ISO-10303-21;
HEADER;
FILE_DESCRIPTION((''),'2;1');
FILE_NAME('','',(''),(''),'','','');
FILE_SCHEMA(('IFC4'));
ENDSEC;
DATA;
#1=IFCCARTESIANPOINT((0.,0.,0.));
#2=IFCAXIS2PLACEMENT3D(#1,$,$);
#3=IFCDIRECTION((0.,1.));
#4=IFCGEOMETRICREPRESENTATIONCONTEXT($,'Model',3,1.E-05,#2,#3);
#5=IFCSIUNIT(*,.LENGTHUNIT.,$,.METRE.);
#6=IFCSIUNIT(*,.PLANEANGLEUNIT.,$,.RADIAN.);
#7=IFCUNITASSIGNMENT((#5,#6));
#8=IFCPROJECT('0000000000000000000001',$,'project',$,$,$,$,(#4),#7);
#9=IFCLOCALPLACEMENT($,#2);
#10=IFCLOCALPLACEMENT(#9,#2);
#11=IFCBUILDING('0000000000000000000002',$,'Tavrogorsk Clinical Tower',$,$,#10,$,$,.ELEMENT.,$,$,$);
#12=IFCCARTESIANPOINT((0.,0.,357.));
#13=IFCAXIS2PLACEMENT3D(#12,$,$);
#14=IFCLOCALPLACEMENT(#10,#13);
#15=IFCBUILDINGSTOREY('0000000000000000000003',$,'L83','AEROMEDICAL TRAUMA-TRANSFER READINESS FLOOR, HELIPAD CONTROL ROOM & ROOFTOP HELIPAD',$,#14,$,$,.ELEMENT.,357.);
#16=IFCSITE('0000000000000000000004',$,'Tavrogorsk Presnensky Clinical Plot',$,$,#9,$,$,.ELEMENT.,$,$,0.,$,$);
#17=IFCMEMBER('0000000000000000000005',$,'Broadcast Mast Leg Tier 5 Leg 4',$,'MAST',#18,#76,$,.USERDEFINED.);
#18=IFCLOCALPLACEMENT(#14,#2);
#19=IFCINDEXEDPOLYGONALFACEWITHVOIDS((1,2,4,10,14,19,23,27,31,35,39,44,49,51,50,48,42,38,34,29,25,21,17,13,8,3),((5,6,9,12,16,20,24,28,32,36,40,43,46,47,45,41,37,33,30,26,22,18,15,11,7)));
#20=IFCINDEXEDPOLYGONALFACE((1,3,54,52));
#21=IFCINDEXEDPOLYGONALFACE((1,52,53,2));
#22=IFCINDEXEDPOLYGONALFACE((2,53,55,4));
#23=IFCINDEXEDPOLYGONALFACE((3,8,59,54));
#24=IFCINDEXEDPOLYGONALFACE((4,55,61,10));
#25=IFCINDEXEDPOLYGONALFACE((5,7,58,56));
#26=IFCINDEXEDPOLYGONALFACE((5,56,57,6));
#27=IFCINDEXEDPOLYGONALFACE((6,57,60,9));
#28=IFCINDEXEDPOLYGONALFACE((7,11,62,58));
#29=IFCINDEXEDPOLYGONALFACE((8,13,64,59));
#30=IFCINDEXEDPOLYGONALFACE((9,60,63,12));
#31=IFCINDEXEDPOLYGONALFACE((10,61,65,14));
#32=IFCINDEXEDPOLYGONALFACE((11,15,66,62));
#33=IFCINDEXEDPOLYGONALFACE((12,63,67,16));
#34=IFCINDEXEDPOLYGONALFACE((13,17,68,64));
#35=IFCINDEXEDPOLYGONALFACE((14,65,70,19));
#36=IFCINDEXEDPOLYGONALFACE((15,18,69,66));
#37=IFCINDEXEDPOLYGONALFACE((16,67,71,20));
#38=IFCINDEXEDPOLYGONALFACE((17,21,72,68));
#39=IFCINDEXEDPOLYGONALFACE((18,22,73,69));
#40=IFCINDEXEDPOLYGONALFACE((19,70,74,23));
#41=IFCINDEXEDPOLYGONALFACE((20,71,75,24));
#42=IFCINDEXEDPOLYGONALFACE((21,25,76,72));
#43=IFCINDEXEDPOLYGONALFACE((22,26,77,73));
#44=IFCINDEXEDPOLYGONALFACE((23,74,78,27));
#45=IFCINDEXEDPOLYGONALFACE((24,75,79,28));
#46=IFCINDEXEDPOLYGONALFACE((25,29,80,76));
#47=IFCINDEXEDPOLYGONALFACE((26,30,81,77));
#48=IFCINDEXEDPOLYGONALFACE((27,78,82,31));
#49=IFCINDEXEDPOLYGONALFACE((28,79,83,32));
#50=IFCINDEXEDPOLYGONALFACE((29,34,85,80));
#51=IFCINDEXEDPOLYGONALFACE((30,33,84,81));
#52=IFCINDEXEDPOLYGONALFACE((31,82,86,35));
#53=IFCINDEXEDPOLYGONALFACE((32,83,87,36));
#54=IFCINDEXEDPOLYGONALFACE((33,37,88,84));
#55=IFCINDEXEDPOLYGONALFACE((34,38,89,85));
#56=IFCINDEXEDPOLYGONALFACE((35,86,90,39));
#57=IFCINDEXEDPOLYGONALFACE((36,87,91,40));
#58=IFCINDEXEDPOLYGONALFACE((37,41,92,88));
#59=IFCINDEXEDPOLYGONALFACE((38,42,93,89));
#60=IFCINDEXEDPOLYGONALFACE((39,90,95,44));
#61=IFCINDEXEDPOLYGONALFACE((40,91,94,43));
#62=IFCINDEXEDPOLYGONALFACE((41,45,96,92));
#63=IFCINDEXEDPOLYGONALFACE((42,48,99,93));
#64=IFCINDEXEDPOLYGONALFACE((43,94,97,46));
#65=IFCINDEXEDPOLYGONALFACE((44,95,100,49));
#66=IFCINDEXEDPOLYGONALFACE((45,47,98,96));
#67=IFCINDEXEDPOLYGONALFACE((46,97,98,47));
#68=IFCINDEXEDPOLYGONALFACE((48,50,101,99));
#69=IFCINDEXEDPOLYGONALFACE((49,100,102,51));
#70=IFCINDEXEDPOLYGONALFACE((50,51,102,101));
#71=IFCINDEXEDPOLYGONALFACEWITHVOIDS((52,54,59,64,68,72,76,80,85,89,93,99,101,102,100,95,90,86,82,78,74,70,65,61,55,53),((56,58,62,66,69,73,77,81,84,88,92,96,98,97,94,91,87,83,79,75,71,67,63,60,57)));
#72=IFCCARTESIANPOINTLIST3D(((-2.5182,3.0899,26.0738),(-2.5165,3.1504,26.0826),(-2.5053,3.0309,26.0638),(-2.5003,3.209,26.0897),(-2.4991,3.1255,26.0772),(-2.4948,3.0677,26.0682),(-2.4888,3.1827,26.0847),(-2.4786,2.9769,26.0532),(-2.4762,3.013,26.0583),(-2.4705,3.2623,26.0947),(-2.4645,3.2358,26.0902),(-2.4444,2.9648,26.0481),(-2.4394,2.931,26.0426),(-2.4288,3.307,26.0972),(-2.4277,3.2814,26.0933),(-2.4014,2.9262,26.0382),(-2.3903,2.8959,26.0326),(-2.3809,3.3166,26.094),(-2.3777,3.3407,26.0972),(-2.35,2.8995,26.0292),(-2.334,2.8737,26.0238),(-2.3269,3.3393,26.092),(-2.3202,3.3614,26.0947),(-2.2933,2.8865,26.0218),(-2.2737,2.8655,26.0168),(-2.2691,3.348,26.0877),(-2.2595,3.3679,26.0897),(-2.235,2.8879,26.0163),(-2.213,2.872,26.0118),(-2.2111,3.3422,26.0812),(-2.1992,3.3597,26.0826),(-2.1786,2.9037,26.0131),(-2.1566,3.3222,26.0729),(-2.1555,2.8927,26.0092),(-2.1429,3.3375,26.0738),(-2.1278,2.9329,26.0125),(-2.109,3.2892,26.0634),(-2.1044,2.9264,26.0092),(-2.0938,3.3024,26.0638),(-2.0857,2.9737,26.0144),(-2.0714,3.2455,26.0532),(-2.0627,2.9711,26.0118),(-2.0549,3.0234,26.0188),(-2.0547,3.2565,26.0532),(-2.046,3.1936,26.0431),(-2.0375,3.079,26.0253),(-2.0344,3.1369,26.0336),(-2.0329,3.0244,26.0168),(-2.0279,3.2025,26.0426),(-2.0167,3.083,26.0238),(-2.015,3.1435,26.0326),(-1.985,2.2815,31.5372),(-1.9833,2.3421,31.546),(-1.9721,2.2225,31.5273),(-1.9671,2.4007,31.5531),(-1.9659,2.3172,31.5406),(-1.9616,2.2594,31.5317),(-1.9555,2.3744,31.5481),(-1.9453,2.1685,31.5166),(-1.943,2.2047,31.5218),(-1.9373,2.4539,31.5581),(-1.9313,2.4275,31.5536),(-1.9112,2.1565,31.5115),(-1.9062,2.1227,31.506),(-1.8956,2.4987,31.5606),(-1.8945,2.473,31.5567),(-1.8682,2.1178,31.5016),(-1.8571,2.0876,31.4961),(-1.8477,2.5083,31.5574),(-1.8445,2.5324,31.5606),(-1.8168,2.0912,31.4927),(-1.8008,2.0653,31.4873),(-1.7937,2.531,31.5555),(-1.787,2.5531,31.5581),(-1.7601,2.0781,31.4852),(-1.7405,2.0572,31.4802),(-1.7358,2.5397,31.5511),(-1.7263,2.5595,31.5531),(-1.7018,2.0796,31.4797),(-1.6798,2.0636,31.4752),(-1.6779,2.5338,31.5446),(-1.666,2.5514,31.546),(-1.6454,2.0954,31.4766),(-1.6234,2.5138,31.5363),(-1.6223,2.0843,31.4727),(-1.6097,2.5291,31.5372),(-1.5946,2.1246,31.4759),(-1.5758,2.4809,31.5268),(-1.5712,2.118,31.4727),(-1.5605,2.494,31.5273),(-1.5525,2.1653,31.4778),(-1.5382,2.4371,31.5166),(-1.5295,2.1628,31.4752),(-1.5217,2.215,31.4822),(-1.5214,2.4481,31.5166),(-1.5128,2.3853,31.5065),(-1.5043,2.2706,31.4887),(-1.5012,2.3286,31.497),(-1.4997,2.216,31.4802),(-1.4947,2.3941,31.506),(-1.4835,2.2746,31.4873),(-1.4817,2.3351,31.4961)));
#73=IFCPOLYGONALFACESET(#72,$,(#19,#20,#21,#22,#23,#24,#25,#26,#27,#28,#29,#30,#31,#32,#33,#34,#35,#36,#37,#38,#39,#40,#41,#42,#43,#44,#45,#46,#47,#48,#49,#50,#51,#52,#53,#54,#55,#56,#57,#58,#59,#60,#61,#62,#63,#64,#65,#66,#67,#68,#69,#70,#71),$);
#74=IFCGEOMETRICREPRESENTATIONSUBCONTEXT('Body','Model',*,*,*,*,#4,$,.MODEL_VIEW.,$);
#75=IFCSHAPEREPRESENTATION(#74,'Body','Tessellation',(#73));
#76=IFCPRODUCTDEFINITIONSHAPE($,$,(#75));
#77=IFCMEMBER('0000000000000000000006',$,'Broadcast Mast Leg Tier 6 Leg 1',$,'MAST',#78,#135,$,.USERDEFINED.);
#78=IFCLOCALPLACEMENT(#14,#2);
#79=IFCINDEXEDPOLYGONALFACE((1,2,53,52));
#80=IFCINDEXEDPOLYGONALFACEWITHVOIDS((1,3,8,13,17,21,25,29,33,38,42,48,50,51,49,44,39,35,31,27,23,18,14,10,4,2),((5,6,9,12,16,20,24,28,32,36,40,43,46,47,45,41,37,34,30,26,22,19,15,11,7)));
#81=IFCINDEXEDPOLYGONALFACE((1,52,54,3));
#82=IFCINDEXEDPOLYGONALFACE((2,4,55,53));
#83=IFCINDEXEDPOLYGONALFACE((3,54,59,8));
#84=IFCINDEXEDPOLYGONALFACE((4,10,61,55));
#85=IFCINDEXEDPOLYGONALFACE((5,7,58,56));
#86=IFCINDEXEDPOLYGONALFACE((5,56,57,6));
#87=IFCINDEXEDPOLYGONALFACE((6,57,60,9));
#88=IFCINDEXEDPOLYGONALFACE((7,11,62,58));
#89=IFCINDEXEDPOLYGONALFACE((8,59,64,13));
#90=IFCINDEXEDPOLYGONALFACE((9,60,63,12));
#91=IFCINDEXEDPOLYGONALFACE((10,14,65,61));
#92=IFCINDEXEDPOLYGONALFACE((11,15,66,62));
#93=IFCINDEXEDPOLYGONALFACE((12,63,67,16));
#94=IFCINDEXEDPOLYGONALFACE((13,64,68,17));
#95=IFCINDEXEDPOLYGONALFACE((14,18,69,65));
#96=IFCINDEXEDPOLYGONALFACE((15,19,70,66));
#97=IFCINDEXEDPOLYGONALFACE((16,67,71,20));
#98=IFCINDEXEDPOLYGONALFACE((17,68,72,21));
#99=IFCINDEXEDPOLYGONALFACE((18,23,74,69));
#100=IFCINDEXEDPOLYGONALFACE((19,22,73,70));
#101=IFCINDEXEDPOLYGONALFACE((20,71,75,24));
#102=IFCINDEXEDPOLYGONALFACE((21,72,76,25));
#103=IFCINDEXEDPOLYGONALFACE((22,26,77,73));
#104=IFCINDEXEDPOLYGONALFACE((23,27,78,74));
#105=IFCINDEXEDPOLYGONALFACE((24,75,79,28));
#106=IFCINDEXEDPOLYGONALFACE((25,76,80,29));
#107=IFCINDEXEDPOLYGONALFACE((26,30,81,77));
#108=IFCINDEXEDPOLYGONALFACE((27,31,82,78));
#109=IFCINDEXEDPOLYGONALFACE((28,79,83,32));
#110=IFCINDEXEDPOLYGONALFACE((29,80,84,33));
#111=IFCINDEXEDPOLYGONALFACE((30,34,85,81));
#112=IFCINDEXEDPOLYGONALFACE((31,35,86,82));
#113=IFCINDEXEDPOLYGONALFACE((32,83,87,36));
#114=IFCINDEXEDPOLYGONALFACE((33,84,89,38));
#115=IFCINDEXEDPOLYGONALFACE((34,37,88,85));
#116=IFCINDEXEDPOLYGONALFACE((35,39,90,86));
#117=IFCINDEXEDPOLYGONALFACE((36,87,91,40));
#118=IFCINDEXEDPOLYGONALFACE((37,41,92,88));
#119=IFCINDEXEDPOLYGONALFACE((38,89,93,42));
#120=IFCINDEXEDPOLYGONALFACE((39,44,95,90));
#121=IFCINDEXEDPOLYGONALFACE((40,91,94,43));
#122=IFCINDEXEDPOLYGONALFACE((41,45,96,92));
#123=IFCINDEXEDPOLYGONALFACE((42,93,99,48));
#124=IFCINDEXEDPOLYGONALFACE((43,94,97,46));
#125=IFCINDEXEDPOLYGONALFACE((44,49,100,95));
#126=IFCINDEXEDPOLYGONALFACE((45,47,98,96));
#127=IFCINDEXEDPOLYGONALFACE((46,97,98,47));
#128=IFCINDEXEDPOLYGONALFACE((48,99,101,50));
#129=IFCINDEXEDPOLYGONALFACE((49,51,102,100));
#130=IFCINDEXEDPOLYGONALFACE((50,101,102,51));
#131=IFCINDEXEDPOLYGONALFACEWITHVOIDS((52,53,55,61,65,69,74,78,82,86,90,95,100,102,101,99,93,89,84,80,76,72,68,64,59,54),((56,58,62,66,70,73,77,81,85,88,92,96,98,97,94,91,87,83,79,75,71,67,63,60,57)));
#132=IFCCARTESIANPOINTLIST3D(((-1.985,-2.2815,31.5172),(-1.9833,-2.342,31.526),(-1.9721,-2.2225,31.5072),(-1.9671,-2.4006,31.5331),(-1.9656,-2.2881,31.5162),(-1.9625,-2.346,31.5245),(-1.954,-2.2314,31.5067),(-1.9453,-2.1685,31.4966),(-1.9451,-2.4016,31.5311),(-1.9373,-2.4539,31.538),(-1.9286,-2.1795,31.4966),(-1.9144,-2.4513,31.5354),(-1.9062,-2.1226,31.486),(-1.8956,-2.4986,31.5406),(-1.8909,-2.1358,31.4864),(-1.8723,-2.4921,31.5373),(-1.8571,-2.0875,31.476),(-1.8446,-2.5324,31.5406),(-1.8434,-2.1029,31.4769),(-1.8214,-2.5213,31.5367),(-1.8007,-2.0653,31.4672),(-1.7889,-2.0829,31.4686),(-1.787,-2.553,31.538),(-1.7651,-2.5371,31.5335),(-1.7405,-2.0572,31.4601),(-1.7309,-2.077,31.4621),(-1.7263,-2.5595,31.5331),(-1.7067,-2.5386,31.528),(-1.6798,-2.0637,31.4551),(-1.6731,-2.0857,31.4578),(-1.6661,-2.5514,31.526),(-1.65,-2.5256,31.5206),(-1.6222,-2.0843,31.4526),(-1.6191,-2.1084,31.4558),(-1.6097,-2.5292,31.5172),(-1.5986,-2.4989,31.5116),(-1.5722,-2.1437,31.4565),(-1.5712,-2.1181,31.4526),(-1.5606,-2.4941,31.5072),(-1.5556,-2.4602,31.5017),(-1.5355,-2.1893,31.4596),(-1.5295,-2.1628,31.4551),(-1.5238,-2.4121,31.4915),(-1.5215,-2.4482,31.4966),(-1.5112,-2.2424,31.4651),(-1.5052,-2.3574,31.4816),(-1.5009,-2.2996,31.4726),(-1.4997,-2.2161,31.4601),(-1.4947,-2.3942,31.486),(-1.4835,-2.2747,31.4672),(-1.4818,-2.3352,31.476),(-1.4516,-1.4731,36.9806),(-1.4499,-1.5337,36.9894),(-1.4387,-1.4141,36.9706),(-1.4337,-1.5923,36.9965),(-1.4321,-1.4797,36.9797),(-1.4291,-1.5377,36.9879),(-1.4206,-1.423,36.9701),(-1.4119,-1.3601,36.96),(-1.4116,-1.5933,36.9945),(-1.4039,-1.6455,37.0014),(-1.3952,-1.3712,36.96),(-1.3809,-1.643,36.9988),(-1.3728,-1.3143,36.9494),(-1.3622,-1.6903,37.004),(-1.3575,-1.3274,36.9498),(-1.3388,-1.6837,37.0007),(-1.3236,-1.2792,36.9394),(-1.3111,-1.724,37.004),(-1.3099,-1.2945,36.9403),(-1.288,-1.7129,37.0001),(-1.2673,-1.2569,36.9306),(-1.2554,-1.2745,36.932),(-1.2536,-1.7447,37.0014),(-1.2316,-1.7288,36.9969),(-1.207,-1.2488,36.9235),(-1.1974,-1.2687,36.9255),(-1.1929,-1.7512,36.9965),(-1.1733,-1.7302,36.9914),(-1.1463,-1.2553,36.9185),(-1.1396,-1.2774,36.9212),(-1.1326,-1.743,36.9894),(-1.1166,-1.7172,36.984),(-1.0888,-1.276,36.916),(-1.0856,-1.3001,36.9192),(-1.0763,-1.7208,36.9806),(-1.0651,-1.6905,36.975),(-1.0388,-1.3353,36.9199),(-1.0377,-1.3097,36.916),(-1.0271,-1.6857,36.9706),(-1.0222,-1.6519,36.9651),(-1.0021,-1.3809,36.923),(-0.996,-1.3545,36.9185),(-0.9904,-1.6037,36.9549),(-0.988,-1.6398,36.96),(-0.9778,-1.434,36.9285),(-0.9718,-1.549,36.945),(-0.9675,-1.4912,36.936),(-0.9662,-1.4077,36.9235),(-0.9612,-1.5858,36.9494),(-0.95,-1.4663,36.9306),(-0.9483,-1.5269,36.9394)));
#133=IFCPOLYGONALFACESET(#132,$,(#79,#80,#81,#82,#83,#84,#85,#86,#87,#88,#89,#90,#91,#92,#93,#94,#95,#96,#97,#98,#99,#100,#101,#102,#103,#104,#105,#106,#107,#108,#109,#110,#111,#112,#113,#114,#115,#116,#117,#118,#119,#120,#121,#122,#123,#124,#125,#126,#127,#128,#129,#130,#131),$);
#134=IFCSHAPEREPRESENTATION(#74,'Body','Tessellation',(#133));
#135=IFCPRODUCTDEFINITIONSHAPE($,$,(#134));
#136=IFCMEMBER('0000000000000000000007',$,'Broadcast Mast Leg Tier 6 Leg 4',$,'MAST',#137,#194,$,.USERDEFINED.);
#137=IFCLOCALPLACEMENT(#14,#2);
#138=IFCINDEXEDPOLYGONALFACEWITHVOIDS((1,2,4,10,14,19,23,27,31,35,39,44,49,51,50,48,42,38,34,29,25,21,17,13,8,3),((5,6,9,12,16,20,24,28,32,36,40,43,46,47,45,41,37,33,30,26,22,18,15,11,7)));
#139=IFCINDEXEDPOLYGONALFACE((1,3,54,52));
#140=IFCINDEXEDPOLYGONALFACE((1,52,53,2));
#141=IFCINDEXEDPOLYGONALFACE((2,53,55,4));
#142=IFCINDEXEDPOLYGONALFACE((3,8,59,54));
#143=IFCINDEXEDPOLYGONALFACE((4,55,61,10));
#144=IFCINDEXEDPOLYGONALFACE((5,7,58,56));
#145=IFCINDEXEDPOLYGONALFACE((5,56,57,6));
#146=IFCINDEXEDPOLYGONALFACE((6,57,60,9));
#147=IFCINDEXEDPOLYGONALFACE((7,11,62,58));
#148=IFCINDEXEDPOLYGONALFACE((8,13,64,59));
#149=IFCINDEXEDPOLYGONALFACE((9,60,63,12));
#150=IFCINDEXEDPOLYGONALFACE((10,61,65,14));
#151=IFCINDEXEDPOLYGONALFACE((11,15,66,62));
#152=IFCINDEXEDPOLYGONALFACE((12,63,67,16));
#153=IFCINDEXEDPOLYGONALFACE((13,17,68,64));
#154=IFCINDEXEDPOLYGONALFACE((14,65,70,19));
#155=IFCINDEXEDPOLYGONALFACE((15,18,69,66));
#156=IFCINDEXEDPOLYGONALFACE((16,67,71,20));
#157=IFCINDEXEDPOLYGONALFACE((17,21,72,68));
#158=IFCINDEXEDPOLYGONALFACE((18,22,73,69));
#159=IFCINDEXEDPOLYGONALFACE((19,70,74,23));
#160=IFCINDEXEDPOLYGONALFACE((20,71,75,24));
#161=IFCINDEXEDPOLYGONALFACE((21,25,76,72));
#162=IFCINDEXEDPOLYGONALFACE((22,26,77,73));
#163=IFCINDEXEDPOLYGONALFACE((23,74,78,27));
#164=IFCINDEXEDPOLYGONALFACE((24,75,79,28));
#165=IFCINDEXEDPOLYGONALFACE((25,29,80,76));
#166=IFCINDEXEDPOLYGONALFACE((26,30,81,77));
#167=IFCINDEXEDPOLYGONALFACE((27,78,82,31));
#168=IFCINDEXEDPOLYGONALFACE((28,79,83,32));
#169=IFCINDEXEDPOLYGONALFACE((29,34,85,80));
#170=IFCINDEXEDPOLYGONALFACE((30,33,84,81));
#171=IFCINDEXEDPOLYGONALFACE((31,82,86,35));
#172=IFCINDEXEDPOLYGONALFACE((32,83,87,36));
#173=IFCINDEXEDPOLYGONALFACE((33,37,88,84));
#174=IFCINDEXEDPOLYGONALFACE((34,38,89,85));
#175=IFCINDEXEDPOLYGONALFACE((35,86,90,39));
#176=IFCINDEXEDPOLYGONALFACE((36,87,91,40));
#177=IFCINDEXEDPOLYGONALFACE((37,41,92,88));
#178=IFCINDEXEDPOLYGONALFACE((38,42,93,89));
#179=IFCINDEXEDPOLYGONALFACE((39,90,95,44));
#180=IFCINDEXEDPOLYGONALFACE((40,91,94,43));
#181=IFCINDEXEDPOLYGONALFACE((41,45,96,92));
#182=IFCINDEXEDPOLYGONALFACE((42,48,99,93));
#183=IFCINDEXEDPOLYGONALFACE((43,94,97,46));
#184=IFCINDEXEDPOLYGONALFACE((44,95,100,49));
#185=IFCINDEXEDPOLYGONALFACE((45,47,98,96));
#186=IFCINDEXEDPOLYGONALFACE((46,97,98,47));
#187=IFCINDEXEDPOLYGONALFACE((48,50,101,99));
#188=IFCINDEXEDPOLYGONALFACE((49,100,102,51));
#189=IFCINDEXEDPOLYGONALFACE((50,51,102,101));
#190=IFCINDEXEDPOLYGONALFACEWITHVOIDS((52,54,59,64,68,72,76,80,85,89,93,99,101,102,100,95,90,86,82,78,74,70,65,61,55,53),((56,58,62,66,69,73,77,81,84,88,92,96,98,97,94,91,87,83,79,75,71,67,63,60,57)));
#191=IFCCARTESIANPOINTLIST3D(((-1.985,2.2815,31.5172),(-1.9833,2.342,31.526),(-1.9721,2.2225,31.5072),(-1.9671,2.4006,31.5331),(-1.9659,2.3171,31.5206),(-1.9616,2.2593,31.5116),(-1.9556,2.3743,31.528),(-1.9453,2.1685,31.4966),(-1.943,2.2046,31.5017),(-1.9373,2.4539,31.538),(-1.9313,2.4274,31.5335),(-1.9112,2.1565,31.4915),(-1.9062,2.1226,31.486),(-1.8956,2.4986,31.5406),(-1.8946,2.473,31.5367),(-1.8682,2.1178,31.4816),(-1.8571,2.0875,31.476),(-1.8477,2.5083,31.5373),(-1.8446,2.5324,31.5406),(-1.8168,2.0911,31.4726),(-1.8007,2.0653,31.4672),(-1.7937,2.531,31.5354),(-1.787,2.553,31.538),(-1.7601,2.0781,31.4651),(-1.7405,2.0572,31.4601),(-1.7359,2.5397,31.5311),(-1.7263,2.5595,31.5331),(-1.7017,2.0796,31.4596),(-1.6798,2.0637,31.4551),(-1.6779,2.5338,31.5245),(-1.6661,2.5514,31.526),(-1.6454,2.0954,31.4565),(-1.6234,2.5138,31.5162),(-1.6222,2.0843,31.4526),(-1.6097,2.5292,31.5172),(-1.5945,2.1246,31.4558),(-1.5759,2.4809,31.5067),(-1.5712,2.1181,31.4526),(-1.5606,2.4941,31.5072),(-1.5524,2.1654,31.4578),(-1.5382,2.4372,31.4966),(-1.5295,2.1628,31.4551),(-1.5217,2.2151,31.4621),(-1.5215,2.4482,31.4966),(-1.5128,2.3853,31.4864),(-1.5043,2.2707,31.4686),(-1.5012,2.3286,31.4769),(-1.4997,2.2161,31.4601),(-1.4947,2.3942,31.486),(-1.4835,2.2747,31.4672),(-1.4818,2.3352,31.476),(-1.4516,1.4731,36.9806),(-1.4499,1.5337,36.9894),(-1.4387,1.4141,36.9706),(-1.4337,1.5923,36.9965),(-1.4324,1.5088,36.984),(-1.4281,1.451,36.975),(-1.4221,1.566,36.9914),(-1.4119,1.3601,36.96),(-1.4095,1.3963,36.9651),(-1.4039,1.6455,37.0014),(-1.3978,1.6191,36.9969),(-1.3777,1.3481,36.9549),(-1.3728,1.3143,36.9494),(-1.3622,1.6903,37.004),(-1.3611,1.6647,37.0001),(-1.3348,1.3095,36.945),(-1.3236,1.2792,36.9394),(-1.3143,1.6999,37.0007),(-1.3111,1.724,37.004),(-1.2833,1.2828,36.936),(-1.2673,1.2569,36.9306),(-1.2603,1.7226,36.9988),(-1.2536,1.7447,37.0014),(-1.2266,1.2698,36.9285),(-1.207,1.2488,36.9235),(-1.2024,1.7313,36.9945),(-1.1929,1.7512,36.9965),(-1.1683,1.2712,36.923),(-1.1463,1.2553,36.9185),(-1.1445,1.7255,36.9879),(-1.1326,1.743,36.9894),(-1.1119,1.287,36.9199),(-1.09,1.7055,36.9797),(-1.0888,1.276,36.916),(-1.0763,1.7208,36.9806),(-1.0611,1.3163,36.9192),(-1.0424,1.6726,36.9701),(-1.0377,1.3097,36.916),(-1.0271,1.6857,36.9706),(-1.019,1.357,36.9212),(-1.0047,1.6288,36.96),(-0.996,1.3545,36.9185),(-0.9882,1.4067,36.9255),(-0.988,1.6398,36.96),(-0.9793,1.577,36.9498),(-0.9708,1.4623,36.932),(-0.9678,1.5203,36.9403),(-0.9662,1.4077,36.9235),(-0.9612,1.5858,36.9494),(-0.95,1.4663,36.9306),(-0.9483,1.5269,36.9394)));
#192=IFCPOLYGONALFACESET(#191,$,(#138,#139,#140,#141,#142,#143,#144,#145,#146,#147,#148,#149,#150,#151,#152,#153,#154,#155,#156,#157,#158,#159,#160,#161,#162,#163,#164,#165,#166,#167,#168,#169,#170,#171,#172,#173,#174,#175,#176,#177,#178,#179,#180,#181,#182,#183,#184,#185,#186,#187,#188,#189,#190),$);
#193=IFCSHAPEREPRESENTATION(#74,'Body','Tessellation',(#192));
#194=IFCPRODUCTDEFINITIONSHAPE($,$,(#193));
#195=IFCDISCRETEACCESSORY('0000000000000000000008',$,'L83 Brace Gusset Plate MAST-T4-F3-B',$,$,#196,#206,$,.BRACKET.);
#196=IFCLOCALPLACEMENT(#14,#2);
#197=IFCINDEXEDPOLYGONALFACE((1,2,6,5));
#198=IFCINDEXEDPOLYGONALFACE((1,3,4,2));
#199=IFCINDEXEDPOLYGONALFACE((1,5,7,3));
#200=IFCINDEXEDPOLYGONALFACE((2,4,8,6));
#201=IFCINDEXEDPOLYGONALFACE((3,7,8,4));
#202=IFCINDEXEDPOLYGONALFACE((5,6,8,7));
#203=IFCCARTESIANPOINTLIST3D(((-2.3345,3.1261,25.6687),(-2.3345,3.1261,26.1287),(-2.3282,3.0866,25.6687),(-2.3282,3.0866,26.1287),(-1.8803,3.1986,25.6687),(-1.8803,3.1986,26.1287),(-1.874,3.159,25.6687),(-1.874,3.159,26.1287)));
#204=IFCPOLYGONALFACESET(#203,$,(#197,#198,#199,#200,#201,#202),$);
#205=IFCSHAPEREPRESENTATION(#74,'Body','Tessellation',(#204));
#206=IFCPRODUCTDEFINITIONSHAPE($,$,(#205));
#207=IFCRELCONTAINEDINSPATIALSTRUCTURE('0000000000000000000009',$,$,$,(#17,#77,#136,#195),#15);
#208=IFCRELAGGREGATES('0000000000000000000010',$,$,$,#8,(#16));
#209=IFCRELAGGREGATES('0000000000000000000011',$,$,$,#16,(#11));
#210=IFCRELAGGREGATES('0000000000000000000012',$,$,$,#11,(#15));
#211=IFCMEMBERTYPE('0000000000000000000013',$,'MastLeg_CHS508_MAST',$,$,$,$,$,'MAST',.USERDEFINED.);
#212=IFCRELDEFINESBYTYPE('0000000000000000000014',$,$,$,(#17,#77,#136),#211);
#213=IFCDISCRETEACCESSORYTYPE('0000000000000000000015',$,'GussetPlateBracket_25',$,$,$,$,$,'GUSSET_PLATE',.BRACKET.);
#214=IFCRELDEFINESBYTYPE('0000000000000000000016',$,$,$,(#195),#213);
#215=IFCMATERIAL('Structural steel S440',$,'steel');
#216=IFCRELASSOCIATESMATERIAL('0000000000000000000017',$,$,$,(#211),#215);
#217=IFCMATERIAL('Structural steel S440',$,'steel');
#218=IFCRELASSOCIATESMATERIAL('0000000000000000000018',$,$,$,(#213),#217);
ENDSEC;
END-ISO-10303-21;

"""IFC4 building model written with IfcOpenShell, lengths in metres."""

from ifc_helpers import new_model, si_unit, direction, frame, origin, origin_2d, place, context, subcontext, project, spatial, rectangle, hollow_circle, extrude, material, material_profile, profile_set, type_object, element, save


model = new_model("IFC4")

# Units and contexts
model_context = context("Model", 3, precision=1e-05, world=origin(), true_north=direction((0.0, 1.0)))
body_context = subcontext(model_context, "Body", "Model", "MODEL_VIEW")
ifc_project = project(units=[si_unit("LENGTHUNIT", "METRE"), si_unit("PLANEANGLEUNIT", "RADIAN")], contexts=[model_context])

# Site, building, storey
site_placement = place(None, origin())
site = spatial("IfcSite", under=ifc_project, at=site_placement, Name="Tavrogorsk Presnensky Clinical Plot", CompositionType="ELEMENT", RefElevation=0.0)
building_placement = place(site_placement, origin())
building = spatial("IfcBuilding", under=site, at=building_placement, Name="Tavrogorsk Clinical Tower", CompositionType="ELEMENT")
storey_placement = place(building_placement, frame((0.0, 0.0, 357.0)))
storey = spatial("IfcBuildingStorey", under=building, at=storey_placement, Name="L83", Description="AEROMEDICAL TRAUMA-TRANSFER READINESS FLOOR, HELIPAD CONTROL ROOM & ROOFTOP HELIPAD", CompositionType="ELEMENT", Elevation=357.0)

# Members
ifc_material_1 = material(Name="Structural steel S440", Category="steel")
ifc_material_profile_1 = material_profile(ifc_material_1, hollow_circle(Radius=0.2539, WallThickness=0.02, at=origin_2d()), Name="CHS-508x20")
ifc_profile_set_1 = profile_set([ifc_material_profile_1], Name="Structural steel S440")
member_type_1 = type_object("IfcMemberType", Name="MastLeg_CHS508_MAST", ElementType="MAST", PredefinedType="USERDEFINED", material=ifc_profile_set_1)
for number, where, z_axis, x_axis, name in (
    (1, (-2.2666, 3.1167, 26.0532), (0.096098, -0.145687, 0.984652), (0.834755, 0.550621, 0.0), "Broadcast Mast Leg Tier 5 Leg 4"),
    (2, (-1.7334, -2.3083, 31.4966), (0.096142, 0.145686, 0.984648), (-0.83464, 0.550797, 0.0), "Broadcast Mast Leg Tier 6 Leg 1"),
    (3, (-1.7334, 2.3083, 31.4966), (0.096142, -0.145686, 0.984648), (0.83464, 0.550797, 0.0), "Broadcast Mast Leg Tier 6 Leg 4"),
):
    element("IfcMember", number, at=place(storey_placement, frame(where, z_axis=z_axis, x_axis=x_axis)), inside=storey, type_object=member_type_1, Name=name, ObjectType="MAST", PredefinedType="USERDEFINED", context=body_context, shape_type="SweptSolid", body=[
        extrude(hollow_circle(Radius=0.2539, WallThickness=0.02, at=origin_2d()), origin(), (0.0, 0.0, 1.0), 5.5486),
    ])

# Discrete accessory
ifc_material_2 = material(Name="Structural steel S440", Category="steel")
discrete_accessory_type = type_object("IfcDiscreteAccessoryType", Name="GussetPlateBracket_25", ElementType="GUSSET_PLATE", PredefinedType="BRACKET", material=ifc_material_2)
for number, where, z_axis, x_axis, name in (
    (4, (-2.1042, 3.1426, 25.6687), (0.0, 0.0, 1.0), (-0.987524, -0.157469, 0.0), "L83 Brace Gusset Plate MAST-T4-F3-B"),
):
    element("IfcDiscreteAccessory", number, at=place(storey_placement, frame(where, z_axis=z_axis, x_axis=x_axis)), inside=storey, type_object=discrete_accessory_type, Name=name, PredefinedType="BRACKET", context=body_context, shape_type="SweptSolid", body=[
        extrude(rectangle(XDim=0.46, YDim=0.04, at=origin_2d()), origin(), (0.0, 0.0, 1.0), 0.46),
    ])

save(model, "model.ifc")
